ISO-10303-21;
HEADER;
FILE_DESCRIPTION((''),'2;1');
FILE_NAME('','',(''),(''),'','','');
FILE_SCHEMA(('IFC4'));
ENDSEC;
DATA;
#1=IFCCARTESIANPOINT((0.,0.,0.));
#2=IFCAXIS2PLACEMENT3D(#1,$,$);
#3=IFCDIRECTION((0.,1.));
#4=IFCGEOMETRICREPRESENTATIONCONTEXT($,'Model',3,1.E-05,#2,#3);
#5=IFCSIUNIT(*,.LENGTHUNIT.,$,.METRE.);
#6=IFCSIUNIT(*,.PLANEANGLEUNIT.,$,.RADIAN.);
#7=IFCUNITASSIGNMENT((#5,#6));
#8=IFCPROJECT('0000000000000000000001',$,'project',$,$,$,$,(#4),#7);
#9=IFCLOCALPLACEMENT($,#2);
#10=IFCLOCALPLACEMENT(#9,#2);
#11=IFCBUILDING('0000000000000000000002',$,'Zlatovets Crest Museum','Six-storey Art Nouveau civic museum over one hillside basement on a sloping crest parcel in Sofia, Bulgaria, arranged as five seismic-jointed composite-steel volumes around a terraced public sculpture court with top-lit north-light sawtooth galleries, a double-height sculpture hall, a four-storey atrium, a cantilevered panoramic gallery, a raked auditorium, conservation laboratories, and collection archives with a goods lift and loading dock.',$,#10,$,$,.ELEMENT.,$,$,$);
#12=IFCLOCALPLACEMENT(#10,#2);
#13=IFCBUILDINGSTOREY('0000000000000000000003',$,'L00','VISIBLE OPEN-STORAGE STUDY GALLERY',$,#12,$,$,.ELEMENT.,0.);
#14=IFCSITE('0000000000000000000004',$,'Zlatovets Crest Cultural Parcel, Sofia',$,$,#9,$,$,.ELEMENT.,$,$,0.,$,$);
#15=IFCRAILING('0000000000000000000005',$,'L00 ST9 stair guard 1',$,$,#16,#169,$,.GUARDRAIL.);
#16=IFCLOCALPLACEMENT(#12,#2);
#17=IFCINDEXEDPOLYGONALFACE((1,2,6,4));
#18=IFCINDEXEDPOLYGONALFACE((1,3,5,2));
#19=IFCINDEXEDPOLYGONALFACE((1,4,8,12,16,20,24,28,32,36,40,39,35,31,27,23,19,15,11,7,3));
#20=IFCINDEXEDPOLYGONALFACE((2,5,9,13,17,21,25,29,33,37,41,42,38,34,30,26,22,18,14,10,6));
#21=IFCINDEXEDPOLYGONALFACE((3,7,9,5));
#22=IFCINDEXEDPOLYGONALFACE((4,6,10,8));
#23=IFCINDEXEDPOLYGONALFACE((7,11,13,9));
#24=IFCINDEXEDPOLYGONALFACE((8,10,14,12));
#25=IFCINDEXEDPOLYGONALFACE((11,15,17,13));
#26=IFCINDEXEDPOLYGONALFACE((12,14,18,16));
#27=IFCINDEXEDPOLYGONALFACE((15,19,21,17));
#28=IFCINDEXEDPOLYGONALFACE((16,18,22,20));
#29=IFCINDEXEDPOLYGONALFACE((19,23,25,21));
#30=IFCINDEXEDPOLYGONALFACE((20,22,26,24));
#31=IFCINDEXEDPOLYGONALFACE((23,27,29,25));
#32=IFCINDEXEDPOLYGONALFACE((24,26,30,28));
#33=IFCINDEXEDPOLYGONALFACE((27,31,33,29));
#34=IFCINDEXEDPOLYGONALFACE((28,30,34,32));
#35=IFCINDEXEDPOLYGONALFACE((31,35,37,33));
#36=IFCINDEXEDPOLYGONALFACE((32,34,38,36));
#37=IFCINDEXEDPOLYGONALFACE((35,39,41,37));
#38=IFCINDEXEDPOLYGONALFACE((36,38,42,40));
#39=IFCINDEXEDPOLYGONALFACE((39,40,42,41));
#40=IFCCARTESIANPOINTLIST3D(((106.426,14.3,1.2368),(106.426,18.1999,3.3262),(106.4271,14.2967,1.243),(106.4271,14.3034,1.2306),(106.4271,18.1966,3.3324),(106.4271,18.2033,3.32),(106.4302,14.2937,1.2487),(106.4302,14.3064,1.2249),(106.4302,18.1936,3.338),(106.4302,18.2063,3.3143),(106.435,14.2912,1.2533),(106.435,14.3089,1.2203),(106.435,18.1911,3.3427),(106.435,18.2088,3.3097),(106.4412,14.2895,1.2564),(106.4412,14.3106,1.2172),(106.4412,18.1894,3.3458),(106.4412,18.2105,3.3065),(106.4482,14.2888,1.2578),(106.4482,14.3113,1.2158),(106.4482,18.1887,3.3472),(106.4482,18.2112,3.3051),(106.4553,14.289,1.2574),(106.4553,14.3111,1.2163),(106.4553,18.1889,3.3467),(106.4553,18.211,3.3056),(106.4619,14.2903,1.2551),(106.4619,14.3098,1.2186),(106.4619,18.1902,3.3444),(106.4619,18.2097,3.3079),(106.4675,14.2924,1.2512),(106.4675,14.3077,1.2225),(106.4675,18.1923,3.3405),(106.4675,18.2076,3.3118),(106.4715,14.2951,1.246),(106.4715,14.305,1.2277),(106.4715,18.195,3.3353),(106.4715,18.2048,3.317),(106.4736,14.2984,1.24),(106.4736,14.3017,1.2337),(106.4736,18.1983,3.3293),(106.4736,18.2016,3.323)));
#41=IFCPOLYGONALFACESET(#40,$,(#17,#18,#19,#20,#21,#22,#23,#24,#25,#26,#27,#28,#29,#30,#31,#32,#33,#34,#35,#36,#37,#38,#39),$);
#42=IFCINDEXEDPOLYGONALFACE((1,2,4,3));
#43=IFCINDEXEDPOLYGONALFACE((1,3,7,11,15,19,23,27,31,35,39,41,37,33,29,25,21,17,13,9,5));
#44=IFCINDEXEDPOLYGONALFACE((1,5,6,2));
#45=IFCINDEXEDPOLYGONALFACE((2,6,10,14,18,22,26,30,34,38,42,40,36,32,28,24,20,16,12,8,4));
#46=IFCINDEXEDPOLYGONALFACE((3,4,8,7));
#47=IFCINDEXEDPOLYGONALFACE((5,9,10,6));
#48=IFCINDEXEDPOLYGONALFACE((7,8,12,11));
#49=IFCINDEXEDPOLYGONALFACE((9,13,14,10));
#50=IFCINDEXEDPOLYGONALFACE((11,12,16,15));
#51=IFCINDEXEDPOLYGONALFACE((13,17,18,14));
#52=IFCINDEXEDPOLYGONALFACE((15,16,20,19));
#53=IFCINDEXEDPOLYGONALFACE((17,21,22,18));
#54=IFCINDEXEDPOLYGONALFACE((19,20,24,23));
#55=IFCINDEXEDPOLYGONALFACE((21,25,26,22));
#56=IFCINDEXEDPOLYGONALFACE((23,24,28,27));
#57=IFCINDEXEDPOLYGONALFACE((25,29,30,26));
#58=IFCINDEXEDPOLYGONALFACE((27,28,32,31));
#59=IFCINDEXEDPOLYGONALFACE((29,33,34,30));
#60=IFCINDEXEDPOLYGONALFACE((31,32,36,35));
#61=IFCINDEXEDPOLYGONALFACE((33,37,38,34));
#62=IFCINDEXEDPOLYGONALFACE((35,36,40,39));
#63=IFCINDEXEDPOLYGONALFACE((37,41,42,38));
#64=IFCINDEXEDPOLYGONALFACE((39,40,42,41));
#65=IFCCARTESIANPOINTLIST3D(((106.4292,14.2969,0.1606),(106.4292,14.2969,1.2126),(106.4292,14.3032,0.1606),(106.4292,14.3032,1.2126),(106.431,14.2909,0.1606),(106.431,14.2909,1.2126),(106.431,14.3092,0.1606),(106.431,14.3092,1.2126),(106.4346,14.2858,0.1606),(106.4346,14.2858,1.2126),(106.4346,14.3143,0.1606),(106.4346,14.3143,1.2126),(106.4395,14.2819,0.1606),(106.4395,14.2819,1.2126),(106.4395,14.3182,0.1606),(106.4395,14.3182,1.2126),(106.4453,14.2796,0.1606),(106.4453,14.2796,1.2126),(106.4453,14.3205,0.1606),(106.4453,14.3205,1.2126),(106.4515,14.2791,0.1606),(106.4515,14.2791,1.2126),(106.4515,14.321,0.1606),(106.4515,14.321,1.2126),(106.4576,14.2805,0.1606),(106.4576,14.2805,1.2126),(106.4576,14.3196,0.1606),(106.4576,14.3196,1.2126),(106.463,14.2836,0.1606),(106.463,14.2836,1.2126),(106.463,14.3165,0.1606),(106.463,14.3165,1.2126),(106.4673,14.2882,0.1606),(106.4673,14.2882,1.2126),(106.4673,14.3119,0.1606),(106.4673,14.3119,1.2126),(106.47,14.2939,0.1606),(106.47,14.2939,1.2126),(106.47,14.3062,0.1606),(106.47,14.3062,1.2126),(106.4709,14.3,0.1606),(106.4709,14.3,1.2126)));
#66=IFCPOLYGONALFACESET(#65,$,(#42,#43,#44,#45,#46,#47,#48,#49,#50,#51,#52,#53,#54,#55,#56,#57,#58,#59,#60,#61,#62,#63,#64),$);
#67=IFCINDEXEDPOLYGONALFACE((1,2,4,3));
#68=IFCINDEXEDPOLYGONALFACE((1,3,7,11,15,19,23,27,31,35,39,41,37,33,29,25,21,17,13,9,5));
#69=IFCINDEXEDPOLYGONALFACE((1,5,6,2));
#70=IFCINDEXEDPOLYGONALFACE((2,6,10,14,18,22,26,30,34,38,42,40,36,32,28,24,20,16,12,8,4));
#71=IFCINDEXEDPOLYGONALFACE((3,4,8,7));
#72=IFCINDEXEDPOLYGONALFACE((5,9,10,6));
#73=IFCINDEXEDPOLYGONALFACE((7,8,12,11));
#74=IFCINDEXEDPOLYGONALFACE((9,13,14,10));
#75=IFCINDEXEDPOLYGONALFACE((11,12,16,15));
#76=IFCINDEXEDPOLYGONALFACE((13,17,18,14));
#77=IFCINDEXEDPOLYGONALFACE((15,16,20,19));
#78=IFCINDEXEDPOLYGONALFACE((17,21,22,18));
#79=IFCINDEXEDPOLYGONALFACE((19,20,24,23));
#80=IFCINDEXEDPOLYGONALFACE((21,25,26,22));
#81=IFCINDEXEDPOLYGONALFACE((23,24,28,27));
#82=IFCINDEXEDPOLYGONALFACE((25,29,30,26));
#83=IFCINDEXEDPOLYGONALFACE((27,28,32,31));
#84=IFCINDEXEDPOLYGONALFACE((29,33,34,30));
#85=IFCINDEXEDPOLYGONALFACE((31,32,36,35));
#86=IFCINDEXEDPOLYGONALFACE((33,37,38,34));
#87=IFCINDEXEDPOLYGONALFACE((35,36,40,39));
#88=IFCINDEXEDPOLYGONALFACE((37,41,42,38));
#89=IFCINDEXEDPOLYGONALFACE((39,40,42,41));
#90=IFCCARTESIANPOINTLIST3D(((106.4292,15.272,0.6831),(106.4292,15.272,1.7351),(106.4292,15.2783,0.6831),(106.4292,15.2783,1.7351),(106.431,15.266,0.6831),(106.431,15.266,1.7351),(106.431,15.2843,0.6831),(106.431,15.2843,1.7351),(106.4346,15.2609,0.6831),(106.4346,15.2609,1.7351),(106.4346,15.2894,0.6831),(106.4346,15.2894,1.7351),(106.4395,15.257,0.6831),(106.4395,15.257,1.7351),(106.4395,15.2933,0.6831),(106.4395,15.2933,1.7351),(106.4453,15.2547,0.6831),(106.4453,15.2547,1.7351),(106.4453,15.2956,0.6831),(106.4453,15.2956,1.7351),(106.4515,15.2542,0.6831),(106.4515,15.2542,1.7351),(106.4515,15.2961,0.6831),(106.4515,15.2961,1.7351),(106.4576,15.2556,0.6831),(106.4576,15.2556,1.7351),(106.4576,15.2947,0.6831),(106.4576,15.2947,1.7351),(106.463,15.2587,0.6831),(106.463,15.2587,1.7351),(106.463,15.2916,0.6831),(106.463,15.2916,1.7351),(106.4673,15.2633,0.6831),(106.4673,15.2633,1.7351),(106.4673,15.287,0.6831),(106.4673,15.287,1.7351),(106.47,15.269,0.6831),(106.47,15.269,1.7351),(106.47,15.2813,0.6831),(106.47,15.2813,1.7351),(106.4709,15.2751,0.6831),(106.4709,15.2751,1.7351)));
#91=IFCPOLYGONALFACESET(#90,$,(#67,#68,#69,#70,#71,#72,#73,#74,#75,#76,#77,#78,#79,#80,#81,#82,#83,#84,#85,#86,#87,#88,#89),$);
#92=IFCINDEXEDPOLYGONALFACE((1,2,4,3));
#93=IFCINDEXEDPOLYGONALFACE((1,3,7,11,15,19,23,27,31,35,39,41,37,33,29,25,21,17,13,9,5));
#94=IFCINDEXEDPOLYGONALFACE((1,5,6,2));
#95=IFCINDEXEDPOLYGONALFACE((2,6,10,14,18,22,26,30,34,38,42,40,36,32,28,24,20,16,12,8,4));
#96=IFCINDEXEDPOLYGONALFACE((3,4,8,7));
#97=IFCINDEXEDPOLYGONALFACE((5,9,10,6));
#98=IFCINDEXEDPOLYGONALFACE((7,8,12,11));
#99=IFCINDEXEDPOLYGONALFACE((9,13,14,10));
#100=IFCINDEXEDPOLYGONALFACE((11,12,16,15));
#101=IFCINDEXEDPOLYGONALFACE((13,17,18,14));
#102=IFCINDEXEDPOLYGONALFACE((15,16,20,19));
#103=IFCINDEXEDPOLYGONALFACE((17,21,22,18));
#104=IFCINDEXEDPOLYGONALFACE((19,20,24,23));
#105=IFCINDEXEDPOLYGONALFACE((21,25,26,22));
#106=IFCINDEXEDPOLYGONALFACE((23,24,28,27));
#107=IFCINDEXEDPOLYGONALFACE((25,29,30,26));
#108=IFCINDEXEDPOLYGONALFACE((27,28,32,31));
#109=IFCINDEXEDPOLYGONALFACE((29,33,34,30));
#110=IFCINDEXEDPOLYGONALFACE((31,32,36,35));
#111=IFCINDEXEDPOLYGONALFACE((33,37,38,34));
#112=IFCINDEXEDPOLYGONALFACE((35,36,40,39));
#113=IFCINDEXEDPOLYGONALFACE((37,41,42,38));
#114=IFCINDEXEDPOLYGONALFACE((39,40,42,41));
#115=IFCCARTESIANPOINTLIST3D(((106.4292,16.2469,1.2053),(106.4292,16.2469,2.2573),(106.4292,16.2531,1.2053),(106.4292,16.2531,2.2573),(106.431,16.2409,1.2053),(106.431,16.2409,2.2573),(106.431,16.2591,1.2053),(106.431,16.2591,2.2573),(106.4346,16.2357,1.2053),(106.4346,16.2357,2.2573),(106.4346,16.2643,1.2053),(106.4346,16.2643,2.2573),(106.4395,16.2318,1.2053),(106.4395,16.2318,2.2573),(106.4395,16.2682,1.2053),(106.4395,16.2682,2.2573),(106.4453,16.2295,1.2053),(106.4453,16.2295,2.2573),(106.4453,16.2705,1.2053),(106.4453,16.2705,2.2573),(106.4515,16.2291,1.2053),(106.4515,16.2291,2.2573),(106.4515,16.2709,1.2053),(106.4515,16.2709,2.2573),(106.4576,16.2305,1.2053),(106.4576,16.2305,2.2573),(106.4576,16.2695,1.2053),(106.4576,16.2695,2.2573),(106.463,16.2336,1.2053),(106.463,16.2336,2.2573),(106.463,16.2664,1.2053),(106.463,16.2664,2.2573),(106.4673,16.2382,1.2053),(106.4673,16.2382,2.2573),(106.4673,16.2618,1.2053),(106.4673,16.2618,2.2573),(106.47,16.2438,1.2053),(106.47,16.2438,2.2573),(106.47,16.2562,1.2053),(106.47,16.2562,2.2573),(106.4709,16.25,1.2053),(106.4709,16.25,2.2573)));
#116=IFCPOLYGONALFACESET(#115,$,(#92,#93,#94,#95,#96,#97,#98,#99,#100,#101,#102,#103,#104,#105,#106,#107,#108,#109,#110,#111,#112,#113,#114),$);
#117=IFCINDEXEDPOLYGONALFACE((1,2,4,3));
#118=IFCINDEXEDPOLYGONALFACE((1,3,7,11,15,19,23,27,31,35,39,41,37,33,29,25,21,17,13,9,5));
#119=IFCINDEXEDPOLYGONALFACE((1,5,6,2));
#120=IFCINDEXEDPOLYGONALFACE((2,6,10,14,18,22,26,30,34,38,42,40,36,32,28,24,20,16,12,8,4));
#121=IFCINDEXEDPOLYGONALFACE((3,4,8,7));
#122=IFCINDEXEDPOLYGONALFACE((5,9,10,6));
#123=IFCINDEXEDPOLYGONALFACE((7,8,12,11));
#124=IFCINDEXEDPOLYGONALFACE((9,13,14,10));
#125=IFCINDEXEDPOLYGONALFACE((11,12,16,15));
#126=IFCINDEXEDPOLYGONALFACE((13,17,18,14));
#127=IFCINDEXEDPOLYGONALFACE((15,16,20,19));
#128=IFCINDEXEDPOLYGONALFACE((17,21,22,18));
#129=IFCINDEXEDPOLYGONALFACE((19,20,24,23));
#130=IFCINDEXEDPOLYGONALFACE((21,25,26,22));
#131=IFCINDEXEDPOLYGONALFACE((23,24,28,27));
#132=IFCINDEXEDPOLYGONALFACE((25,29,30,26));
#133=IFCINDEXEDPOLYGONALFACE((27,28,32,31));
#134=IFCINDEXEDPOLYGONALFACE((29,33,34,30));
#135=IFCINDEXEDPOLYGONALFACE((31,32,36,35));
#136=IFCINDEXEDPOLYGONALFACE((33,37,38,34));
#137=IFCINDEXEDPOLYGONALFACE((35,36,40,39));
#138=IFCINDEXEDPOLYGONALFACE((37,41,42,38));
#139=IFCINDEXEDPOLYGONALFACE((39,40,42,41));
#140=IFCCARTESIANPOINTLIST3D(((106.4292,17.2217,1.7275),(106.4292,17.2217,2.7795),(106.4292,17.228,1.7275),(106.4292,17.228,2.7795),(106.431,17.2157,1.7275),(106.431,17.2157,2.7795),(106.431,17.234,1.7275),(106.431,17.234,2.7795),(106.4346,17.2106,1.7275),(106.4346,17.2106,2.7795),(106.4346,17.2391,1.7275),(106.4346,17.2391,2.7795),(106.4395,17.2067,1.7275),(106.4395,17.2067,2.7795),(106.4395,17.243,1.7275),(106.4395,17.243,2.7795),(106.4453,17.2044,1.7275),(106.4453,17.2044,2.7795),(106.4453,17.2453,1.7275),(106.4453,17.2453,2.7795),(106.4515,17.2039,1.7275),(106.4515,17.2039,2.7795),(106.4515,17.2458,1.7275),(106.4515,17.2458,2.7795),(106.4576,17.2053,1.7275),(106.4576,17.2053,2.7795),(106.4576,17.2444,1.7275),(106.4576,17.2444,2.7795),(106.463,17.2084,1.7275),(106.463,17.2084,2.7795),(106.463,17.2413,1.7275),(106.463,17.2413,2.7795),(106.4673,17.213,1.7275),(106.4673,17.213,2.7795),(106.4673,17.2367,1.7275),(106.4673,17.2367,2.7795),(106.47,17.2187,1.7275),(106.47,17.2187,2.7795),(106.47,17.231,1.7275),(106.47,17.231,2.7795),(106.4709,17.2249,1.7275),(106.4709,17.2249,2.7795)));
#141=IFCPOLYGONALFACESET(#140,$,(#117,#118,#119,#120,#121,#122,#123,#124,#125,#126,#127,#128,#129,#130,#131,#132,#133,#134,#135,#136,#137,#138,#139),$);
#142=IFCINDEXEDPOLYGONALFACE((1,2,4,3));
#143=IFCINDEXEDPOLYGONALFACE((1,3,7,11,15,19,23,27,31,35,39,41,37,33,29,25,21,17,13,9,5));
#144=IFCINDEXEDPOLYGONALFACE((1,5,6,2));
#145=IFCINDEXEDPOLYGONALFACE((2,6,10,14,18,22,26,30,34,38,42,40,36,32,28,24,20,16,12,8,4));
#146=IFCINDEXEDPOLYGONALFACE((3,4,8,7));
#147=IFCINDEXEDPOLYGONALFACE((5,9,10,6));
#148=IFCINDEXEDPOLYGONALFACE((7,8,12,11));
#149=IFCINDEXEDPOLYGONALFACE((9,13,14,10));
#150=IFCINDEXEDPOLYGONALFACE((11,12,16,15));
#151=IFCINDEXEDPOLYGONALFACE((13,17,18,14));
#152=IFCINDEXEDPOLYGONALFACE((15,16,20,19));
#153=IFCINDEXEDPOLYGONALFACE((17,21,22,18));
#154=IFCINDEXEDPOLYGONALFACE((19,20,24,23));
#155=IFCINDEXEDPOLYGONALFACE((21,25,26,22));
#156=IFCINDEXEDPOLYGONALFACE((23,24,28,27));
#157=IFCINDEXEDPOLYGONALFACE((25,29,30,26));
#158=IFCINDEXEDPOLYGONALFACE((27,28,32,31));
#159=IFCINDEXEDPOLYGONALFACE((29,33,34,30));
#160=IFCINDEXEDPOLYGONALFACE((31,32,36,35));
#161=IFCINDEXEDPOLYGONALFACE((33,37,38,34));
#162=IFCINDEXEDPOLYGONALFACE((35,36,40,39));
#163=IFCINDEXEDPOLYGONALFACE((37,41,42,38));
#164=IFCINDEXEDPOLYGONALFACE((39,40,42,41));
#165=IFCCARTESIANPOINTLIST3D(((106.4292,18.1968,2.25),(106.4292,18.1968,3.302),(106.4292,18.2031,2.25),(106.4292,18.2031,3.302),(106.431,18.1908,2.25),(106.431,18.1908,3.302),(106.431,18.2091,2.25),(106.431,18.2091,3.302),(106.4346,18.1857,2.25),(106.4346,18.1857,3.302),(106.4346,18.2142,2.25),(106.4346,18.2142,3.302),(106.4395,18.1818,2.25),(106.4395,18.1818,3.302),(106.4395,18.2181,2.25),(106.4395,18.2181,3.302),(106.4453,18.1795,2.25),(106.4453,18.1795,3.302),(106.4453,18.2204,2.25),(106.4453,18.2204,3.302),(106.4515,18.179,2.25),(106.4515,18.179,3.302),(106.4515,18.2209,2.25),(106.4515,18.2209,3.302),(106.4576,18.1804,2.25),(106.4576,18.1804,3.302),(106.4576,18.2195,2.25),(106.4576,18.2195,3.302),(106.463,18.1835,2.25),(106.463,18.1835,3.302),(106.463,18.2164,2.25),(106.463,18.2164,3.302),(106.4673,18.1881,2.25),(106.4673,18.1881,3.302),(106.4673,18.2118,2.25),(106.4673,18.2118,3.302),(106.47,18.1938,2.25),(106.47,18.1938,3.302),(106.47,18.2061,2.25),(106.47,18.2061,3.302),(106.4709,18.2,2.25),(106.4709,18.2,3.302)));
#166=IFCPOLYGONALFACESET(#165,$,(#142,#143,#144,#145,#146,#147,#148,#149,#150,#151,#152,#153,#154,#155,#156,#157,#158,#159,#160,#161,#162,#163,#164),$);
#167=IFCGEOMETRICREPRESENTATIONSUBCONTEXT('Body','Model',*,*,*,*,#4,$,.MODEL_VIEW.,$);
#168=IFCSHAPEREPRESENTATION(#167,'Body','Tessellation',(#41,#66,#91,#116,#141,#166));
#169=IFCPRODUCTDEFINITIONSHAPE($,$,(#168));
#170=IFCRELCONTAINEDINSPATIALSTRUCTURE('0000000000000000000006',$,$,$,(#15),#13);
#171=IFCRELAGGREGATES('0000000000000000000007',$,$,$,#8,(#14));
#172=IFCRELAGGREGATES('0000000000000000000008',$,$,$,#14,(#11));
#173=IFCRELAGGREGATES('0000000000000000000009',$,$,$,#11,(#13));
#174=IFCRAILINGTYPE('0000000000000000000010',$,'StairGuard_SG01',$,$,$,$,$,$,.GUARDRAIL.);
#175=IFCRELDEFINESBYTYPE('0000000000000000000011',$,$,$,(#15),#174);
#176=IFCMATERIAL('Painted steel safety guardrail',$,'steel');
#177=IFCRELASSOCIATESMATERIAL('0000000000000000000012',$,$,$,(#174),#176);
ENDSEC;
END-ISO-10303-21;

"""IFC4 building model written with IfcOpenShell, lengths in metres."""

from ifc_helpers import new_model, si_unit, direction, frame, origin, origin_2d, place, context, subcontext, project, spatial, circle, extrude, material, type_object, element, save


model = new_model("IFC4")

# Units and contexts
model_context = context("Model", 3, precision=1e-05, world=origin(), true_north=direction((0.0, 1.0)))
body_context = subcontext(model_context, "Body", "Model", "MODEL_VIEW")
ifc_project = project(units=[si_unit("LENGTHUNIT", "METRE"), si_unit("PLANEANGLEUNIT", "RADIAN")], contexts=[model_context])

# Site, building, storey
site_placement = place(None, origin())
site = spatial("IfcSite", under=ifc_project, at=site_placement, Name="Zlatovets Crest Cultural Parcel, Sofia", CompositionType="ELEMENT", RefElevation=0.0)
building_placement = place(site_placement, origin())
building = spatial("IfcBuilding", under=site, at=building_placement, Name="Zlatovets Crest Museum", Description="Six-storey Art Nouveau civic museum over one hillside basement on a sloping crest parcel in Sofia, Bulgaria, arranged as five seismic-jointed composite-steel volumes around a terraced public sculpture court with top-lit north-light sawtooth galleries, a double-height sculpture hall, a four-storey atrium, a cantilevered panoramic gallery, a raked auditorium, conservation laboratories, and collection archives with a goods lift and loading dock.", CompositionType="ELEMENT")
storey_placement = place(building_placement, origin())
storey = spatial("IfcBuildingStorey", under=building, at=storey_placement, Name="L00", Description="VISIBLE OPEN-STORAGE STUDY GALLERY", CompositionType="ELEMENT", Elevation=0.0)

# Railing
ifc_material_1 = material(Name="Painted steel safety guardrail", Category="steel")
railing_type_1 = type_object("IfcRailingType", Name="StairGuard_SG01", PredefinedType="GUARDRAIL", material=ifc_material_1)
railing_1_placement = place(storey_placement, frame((106.45, 14.3, 0.1606)))
element("IfcRailing", 1, at=railing_1_placement, inside=storey, type_object=railing_type_1, Name="L00 ST9 stair guard 1", PredefinedType="GUARDRAIL", context=body_context, shape_type="SweptSolid", body=[
    extrude(circle(Radius=0.0239, at=origin_2d()), frame((0.0, 0.0, 1.0762), z_axis=(0.0, 0.881468, 0.472243), x_axis=(-1.0, 0.0, 0.0)), (0.0, 0.0, 1.0), 4.4243),
    extrude(circle(Radius=0.021, at=origin_2d()), origin(), (0.0, 0.0, 1.0), 1.052),
    extrude(circle(Radius=0.021, at=origin_2d()), frame((0.0, 0.9751, 0.5225)), (0.0, 0.0, 1.0), 1.052),
    extrude(circle(Radius=0.021, at=origin_2d()), frame((0.0, 1.95, 1.0447)), (0.0, 0.0, 1.0), 1.052),
    extrude(circle(Radius=0.021, at=origin_2d()), frame((0.0, 2.9248, 1.5669)), (0.0, 0.0, 1.0), 1.052),
    extrude(circle(Radius=0.021, at=origin_2d()), frame((0.0, 3.8999, 2.0894)), (0.0, 0.0, 1.0), 1.052),
])

save(model, "model.ifc")
